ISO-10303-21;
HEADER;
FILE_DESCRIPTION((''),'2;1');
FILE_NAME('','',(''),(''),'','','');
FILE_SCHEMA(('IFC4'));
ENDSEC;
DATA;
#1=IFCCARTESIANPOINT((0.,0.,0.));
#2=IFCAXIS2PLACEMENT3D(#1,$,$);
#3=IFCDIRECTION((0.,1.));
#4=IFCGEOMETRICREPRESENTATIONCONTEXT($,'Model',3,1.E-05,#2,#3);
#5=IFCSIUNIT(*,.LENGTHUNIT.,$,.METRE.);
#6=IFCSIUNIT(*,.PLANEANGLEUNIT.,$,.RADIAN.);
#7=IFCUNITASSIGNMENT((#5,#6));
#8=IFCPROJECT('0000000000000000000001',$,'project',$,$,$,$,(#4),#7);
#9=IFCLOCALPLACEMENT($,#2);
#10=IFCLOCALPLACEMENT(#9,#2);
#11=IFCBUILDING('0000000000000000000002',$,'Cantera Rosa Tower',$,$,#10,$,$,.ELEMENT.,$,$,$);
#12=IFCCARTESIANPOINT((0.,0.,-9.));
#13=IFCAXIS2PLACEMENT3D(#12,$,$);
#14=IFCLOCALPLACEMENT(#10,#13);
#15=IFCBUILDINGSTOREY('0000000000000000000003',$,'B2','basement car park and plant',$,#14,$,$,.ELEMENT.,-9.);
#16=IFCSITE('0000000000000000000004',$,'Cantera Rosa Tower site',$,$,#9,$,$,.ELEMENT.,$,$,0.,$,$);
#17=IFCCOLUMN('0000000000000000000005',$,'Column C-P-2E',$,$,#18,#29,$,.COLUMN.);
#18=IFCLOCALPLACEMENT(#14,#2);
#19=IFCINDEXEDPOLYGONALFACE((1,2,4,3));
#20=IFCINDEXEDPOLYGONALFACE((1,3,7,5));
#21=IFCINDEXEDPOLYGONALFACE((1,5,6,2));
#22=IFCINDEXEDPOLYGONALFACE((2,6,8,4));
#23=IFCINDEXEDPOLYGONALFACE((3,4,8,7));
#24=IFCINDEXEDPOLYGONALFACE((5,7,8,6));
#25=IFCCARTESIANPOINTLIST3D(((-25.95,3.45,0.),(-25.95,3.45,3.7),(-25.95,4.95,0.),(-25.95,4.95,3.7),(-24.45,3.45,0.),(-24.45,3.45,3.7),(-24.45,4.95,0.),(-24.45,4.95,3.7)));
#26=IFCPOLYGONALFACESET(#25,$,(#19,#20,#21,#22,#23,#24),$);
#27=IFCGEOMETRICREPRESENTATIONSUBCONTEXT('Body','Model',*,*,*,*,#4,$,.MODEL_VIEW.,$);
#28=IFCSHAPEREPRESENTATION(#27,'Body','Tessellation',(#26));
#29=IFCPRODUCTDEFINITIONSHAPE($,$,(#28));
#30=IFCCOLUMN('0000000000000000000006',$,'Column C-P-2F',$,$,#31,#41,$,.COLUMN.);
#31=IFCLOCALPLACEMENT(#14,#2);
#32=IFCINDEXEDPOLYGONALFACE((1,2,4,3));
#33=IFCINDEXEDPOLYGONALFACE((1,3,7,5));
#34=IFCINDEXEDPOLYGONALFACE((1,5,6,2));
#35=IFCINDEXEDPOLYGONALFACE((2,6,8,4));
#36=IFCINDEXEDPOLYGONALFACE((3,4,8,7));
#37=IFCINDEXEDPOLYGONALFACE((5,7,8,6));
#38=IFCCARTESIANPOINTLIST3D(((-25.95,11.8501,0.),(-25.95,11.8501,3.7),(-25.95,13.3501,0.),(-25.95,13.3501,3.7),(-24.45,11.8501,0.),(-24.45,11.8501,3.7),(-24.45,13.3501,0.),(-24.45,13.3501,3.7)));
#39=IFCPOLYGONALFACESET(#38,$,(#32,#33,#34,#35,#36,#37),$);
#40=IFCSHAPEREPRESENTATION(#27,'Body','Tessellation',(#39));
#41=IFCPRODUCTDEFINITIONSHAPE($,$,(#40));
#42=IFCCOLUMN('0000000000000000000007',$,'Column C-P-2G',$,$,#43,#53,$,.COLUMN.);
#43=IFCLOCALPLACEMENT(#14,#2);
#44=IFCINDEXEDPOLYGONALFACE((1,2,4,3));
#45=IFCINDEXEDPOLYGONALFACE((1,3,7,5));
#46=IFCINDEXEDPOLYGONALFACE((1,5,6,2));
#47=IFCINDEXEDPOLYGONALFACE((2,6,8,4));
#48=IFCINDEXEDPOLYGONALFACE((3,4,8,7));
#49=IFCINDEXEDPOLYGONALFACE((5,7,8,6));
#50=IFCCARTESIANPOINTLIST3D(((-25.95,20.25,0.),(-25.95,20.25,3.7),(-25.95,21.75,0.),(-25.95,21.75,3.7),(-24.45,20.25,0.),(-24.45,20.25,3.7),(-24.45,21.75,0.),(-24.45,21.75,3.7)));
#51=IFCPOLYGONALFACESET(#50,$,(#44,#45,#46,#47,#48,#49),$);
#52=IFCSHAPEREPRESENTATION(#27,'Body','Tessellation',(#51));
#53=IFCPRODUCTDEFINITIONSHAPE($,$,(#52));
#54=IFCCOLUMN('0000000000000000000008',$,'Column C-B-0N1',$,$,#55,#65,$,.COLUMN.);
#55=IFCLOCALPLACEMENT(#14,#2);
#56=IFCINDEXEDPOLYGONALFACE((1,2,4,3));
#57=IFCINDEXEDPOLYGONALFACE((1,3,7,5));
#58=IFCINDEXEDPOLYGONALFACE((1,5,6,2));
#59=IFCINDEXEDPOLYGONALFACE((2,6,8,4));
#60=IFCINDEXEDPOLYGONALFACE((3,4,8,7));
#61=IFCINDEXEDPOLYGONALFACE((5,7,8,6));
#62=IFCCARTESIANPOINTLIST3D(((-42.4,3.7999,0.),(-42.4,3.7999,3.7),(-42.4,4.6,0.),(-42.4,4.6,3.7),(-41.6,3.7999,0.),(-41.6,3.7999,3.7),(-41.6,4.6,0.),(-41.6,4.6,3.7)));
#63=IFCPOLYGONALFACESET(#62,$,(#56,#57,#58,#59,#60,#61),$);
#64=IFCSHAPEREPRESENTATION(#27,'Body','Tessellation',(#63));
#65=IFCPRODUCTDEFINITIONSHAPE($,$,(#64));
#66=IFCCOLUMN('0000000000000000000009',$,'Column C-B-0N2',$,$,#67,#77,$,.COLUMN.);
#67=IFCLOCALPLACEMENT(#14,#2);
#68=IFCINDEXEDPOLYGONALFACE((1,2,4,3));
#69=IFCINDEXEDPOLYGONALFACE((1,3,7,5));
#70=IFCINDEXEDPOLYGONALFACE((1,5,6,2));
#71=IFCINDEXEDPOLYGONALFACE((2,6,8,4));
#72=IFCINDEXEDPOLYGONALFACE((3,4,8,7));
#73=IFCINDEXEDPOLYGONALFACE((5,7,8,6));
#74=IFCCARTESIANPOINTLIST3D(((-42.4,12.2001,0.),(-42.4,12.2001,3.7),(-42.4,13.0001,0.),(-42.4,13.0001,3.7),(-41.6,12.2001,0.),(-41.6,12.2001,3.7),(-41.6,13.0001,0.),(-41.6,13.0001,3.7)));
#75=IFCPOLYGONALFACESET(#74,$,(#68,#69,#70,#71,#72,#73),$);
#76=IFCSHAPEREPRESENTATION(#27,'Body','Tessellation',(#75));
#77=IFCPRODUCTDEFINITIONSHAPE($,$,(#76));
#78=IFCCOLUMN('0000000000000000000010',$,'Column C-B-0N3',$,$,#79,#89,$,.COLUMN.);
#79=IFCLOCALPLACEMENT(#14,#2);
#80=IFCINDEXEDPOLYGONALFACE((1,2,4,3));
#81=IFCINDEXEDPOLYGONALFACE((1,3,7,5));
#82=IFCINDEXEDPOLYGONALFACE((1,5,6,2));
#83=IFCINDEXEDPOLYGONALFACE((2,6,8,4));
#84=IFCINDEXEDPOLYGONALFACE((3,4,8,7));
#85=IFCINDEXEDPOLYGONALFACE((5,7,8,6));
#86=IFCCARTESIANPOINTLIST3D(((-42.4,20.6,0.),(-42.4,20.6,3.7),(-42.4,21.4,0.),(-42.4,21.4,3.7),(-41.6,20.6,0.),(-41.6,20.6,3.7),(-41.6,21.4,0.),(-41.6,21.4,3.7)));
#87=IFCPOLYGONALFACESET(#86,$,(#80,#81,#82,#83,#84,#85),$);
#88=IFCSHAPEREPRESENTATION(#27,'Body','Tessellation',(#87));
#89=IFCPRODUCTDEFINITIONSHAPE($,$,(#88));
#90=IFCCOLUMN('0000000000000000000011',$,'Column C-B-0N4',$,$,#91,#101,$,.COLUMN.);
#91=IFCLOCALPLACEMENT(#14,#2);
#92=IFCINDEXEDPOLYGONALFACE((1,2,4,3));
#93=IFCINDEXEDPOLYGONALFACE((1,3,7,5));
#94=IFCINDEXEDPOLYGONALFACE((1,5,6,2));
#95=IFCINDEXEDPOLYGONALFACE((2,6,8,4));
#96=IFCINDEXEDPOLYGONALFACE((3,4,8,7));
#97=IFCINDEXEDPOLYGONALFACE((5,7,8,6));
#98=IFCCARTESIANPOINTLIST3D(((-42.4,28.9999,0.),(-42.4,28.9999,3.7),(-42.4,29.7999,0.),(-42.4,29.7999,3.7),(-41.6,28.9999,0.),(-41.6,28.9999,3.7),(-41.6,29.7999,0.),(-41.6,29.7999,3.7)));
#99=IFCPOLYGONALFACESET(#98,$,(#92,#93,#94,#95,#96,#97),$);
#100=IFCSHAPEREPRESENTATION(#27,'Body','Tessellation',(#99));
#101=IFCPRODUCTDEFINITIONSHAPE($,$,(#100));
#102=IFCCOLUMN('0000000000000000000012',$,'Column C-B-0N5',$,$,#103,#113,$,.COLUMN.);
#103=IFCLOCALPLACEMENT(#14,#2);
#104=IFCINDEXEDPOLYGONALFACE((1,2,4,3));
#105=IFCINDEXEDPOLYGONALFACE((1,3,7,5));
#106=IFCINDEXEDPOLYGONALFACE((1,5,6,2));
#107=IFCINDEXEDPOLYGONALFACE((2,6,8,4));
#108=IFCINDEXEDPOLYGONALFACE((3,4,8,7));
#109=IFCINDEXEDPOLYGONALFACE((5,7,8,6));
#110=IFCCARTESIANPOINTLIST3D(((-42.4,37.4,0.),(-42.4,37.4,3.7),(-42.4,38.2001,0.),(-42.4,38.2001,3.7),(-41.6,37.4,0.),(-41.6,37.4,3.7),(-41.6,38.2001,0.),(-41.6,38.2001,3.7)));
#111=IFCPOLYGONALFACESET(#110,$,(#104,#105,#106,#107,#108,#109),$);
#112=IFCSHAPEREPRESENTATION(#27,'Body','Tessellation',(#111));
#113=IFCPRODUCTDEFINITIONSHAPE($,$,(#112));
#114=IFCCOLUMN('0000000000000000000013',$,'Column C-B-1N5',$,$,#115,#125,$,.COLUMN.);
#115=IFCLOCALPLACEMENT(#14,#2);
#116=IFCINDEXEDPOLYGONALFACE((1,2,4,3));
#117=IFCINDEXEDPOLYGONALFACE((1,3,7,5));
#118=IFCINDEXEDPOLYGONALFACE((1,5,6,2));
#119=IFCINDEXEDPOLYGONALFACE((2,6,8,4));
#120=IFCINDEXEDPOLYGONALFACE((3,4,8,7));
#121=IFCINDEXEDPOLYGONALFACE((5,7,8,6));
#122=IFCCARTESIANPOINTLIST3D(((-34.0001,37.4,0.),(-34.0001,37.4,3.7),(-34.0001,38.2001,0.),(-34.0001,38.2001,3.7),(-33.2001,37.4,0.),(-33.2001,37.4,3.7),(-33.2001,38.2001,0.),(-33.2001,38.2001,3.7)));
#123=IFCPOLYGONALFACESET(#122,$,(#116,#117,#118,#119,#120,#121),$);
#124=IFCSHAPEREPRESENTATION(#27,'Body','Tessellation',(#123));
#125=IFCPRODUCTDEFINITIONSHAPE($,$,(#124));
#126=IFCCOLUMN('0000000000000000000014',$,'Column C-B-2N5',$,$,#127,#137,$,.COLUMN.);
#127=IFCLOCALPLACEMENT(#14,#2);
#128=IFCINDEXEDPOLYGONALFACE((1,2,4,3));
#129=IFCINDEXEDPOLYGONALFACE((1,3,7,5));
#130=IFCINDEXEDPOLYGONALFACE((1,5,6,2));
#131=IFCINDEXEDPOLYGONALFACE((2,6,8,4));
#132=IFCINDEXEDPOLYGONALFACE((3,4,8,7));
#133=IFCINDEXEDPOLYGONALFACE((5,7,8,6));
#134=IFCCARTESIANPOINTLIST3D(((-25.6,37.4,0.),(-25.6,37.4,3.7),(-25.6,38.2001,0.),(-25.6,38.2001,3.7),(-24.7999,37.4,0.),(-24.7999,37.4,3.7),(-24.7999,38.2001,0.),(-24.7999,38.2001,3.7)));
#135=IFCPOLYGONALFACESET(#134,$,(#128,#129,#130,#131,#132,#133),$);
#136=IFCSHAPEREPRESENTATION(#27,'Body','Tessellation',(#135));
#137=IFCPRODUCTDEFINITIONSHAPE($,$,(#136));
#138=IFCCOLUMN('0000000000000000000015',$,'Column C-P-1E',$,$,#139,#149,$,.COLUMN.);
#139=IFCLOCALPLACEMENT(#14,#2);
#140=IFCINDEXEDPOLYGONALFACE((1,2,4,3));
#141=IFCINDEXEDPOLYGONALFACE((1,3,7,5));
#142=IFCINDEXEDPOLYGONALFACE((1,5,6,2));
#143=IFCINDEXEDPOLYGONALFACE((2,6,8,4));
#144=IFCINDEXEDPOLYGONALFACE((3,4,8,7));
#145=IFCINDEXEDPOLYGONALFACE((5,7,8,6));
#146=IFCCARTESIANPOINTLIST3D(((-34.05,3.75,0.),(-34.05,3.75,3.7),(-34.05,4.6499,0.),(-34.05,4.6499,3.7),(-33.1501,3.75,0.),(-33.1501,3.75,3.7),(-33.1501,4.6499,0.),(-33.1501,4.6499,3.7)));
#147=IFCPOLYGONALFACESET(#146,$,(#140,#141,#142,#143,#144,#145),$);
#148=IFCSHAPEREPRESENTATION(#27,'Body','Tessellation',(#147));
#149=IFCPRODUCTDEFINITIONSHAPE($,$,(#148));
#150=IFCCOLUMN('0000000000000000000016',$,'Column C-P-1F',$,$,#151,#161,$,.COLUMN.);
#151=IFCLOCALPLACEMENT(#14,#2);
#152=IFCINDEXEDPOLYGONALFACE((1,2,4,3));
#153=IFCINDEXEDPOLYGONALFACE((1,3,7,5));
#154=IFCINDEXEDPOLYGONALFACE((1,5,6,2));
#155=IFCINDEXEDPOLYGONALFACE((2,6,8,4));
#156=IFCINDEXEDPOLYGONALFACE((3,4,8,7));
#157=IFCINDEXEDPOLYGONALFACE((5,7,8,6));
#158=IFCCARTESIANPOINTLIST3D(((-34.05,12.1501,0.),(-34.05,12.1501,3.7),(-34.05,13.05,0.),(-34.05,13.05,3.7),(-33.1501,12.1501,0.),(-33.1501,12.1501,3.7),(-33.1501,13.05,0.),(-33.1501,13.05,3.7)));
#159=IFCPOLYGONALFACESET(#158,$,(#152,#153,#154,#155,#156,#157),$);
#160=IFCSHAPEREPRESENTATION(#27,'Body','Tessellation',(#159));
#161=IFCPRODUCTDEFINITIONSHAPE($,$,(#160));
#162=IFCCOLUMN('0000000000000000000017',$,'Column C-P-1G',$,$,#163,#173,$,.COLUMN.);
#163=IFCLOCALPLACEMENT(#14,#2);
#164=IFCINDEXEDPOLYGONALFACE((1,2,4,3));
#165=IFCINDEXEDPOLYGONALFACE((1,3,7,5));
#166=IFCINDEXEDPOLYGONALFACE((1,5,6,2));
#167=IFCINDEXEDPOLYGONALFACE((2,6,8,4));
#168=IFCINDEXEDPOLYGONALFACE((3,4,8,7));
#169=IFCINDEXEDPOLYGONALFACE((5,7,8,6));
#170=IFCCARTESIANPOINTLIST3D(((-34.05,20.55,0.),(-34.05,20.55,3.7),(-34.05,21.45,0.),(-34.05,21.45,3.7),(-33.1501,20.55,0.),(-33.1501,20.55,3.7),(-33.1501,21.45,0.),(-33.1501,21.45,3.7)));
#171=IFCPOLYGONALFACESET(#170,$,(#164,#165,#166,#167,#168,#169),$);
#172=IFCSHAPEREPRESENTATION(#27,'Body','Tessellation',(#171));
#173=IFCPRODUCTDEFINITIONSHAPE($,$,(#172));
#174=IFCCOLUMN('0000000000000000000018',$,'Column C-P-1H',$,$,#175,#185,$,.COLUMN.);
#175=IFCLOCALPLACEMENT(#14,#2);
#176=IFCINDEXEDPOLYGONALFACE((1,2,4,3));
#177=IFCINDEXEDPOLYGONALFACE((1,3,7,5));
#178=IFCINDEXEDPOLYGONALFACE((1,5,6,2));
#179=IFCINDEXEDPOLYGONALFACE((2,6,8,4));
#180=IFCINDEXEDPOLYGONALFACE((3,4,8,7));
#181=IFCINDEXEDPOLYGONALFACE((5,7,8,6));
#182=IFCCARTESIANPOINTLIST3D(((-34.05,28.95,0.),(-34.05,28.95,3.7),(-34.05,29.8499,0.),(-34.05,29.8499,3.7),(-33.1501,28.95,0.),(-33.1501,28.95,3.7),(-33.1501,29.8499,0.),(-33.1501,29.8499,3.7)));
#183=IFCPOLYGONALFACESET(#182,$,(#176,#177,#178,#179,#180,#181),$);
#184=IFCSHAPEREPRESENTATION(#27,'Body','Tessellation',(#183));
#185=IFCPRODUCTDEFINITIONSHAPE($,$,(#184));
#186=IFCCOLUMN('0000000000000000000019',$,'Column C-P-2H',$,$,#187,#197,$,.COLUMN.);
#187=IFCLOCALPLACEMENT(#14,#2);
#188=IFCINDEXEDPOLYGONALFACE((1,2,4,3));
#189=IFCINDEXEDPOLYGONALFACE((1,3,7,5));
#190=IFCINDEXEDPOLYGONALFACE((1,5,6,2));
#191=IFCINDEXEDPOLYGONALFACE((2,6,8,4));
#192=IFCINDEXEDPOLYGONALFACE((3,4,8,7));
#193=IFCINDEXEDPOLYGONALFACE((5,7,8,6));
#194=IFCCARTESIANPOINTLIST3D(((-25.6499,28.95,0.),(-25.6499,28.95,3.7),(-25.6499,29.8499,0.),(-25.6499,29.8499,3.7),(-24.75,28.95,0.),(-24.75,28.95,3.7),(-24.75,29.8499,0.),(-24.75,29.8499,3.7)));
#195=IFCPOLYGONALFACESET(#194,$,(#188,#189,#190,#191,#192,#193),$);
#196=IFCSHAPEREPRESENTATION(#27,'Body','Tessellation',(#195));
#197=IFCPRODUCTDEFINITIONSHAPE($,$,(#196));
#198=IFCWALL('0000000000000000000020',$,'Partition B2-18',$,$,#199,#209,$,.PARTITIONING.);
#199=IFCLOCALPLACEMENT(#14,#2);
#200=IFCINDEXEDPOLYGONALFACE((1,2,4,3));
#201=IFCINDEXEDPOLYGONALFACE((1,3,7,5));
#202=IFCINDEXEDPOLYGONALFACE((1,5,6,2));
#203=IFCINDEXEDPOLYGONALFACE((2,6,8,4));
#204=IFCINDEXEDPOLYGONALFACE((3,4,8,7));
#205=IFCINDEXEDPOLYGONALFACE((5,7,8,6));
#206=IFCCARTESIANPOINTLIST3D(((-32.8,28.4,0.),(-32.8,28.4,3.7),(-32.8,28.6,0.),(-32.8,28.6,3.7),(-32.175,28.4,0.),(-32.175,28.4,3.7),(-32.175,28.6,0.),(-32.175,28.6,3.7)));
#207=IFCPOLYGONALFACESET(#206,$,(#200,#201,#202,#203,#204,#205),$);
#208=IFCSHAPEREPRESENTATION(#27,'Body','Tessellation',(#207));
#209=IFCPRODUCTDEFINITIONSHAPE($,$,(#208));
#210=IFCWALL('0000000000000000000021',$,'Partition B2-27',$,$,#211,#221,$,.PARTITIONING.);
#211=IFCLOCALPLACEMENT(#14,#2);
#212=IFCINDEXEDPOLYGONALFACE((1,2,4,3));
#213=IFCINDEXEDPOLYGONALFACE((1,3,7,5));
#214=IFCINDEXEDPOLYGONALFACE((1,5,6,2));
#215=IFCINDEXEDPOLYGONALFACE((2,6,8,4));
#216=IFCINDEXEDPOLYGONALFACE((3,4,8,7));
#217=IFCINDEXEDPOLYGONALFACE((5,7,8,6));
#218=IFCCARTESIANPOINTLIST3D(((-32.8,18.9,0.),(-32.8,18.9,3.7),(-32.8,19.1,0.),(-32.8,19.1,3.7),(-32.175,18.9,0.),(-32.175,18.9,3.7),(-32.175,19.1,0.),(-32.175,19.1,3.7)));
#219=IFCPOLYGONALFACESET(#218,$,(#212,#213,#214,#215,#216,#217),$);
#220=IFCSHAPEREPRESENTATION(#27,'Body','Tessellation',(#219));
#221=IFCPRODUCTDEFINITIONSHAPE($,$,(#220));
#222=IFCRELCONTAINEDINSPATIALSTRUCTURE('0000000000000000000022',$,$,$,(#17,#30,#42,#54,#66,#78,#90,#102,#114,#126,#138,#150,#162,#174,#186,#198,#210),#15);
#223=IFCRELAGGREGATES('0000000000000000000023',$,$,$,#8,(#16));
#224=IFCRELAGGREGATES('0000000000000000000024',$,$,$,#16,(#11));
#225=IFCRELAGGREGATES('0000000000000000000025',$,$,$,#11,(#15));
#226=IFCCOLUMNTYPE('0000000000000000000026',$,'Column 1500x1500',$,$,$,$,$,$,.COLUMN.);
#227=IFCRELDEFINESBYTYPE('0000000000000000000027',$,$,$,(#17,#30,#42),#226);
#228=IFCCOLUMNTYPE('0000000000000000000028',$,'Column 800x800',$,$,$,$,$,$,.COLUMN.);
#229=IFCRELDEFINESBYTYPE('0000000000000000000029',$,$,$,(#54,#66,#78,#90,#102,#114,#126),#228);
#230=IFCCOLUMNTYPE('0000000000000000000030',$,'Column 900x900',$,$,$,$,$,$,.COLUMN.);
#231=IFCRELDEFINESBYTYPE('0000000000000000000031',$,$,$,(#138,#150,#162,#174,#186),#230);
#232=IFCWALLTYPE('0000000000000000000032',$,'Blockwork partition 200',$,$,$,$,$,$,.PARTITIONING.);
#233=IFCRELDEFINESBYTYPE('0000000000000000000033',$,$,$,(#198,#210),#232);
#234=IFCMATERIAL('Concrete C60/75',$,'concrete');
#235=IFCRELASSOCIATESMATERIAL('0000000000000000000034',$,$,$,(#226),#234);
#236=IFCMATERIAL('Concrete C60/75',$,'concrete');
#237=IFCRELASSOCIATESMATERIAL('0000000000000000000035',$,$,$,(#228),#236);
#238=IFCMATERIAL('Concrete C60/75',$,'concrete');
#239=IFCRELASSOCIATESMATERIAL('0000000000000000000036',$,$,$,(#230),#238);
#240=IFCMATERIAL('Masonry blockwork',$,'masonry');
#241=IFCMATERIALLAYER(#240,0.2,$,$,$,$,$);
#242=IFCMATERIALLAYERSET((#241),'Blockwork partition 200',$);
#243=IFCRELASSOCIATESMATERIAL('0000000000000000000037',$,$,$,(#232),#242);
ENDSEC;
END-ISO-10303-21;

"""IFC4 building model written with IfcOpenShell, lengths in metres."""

from ifc_helpers import new_model, si_unit, direction, frame, frame_2d, origin, origin_2d, place, context, subcontext, project, spatial, rectangle, extrude, material, layer, layer_set, material_profile, profile_set, type_object, element, save


model = new_model("IFC4")

# Units and contexts
model_context = context("Model", 3, precision=1e-05, world=origin(), true_north=direction((0.0, 1.0)))
body_context = subcontext(model_context, "Body", "Model", "MODEL_VIEW")
ifc_project = project(units=[si_unit("LENGTHUNIT", "METRE"), si_unit("PLANEANGLEUNIT", "RADIAN")], contexts=[model_context])

# Site, building, storey
site_placement = place(None, origin())
site = spatial("IfcSite", under=ifc_project, at=site_placement, Name="Cantera Rosa Tower site", CompositionType="ELEMENT", RefElevation=0.0)
building_placement = place(site_placement, origin())
building = spatial("IfcBuilding", under=site, at=building_placement, Name="Cantera Rosa Tower", CompositionType="ELEMENT")
storey_placement = place(building_placement, frame((0.0, 0.0, -9.0)))
storey = spatial("IfcBuildingStorey", under=building, at=storey_placement, Name="B2", Description="basement car park and plant", CompositionType="ELEMENT", Elevation=-9.0)

# Columns
ifc_material_1 = material(Name="Concrete C60/75", Category="concrete")
ifc_material_profile_1 = material_profile(ifc_material_1, rectangle(XDim=1.5, YDim=1.5, at=origin_2d()), Name="Column 1500x1500")
ifc_profile_set_1 = profile_set([ifc_material_profile_1], Name="Concrete C60/75")
column_type_1 = type_object("IfcColumnType", Name="Column 1500x1500", PredefinedType="COLUMN", material=ifc_profile_set_1)
for number, where, z_axis, x_axis, name in (
    (1, (-25.2, 4.2, 0.0), (0.0, 0.0, 1.0), (1.0, 0.0, 0.0), "Column C-P-2E"),
    (2, (-25.2, 12.6001, 0.0), (0.0, 0.0, 1.0), (1.0, 0.0, 0.0), "Column C-P-2F"),
    (3, (-25.2, 21.0, 0.0), (0.0, 0.0, 1.0), (1.0, 0.0, 0.0), "Column C-P-2G"),
):
    element("IfcColumn", number, at=place(storey_placement, frame(where, z_axis=z_axis, x_axis=x_axis)), inside=storey, type_object=column_type_1, Name=name, PredefinedType="COLUMN", context=body_context, shape_type="SweptSolid", body=[
        extrude(rectangle(XDim=1.5, YDim=1.5, at=origin_2d()), origin(), (0.0, 0.0, 1.0), 3.7),
    ])
ifc_material_2 = material(Name="Concrete C60/75", Category="concrete")
ifc_material_profile_2 = material_profile(ifc_material_2, rectangle(XDim=0.8, YDim=0.8, at=origin_2d()), Name="Column 800x800")
ifc_profile_set_2 = profile_set([ifc_material_profile_2], Name="Concrete C60/75")
column_type_2 = type_object("IfcColumnType", Name="Column 800x800", PredefinedType="COLUMN", material=ifc_profile_set_2)
for number, where, z_axis, x_axis, name in (
    (4, (-42.0, 4.2, 0.0), (0.0, 0.0, 1.0), (1.0, 0.0, 0.0), "Column C-B-0N1"),
    (5, (-42.0, 12.6001, 0.0), (0.0, 0.0, 1.0), (1.0, 0.0, 0.0), "Column C-B-0N2"),
    (6, (-42.0, 21.0, 0.0), (0.0, 0.0, 1.0), (1.0, 0.0, 0.0), "Column C-B-0N3"),
    (7, (-42.0, 29.3999, 0.0), (0.0, 0.0, 1.0), (1.0, 0.0, 0.0), "Column C-B-0N4"),
    (8, (-42.0, 37.8, 0.0), (0.0, 0.0, 1.0), (1.0, 0.0, 0.0), "Column C-B-0N5"),
    (9, (-33.6001, 37.8, 0.0), (0.0, 0.0, 1.0), (1.0, 0.0, 0.0), "Column C-B-1N5"),
    (10, (-25.2, 37.8, 0.0), (0.0, 0.0, 1.0), (1.0, 0.0, 0.0), "Column C-B-2N5"),
):
    element("IfcColumn", number, at=place(storey_placement, frame(where, z_axis=z_axis, x_axis=x_axis)), inside=storey, type_object=column_type_2, Name=name, PredefinedType="COLUMN", context=body_context, shape_type="SweptSolid", body=[
        extrude(rectangle(XDim=0.8, YDim=0.8, at=origin_2d()), origin(), (0.0, 0.0, 1.0), 3.7),
    ])
ifc_material_3 = material(Name="Concrete C60/75", Category="concrete")
ifc_material_profile_3 = material_profile(ifc_material_3, rectangle(XDim=0.8999, YDim=0.8999, at=origin_2d()), Name="Column 900x900")
ifc_profile_set_3 = profile_set([ifc_material_profile_3], Name="Concrete C60/75")
column_type_3 = type_object("IfcColumnType", Name="Column 900x900", PredefinedType="COLUMN", material=ifc_profile_set_3)
for number, where, z_axis, x_axis, name in (
    (11, (-33.6001, 4.2, 0.0), (0.0, 0.0, 1.0), (1.0, 0.0, 0.0), "Column C-P-1E"),
    (12, (-33.6001, 12.6001, 0.0), (0.0, 0.0, 1.0), (1.0, 0.0, 0.0), "Column C-P-1F"),
    (13, (-33.6001, 21.0, 0.0), (0.0, 0.0, 1.0), (1.0, 0.0, 0.0), "Column C-P-1G"),
    (14, (-33.6001, 29.3999, 0.0), (0.0, 0.0, 1.0), (1.0, 0.0, 0.0), "Column C-P-1H"),
    (15, (-25.2, 29.3999, 0.0), (0.0, 0.0, 1.0), (1.0, 0.0, 0.0), "Column C-P-2H"),
):
    element("IfcColumn", number, at=place(storey_placement, frame(where, z_axis=z_axis, x_axis=x_axis)), inside=storey, type_object=column_type_3, Name=name, PredefinedType="COLUMN", context=body_context, shape_type="SweptSolid", body=[
        extrude(rectangle(XDim=0.8999, YDim=0.8999, at=origin_2d()), origin(), (0.0, 0.0, 1.0), 3.7),
    ])

# Walls
ifc_material_4 = material(Name="Masonry blockwork", Category="masonry")
ifc_layer_1 = layer(ifc_material_4, 0.2)
ifc_layer_set_1 = layer_set([ifc_layer_1], Name="Blockwork partition 200")
wall_type_1 = type_object("IfcWallType", Name="Blockwork partition 200", PredefinedType="PARTITIONING", material=ifc_layer_set_1)
for number, where, z_axis, x_axis, name in (
    (16, (-32.8, 28.5, 0.0), (0.0, 0.0, 1.0), (1.0, 0.0, 0.0), "Partition B2-18"),
    (17, (-32.8, 19.0, 0.0), (0.0, 0.0, 1.0), (1.0, 0.0, 0.0), "Partition B2-27"),
):
    element("IfcWall", number, at=place(storey_placement, frame(where, z_axis=z_axis, x_axis=x_axis)), inside=storey, type_object=wall_type_1, Name=name, PredefinedType="PARTITIONING", context=body_context, shape_type="SweptSolid", body=[
        extrude(rectangle(XDim=0.625, YDim=0.2, at=frame_2d((0.3125, 0.0))), origin(), (0.0, 0.0, 1.0), 3.7),
    ])

save(model, "model.ifc")
